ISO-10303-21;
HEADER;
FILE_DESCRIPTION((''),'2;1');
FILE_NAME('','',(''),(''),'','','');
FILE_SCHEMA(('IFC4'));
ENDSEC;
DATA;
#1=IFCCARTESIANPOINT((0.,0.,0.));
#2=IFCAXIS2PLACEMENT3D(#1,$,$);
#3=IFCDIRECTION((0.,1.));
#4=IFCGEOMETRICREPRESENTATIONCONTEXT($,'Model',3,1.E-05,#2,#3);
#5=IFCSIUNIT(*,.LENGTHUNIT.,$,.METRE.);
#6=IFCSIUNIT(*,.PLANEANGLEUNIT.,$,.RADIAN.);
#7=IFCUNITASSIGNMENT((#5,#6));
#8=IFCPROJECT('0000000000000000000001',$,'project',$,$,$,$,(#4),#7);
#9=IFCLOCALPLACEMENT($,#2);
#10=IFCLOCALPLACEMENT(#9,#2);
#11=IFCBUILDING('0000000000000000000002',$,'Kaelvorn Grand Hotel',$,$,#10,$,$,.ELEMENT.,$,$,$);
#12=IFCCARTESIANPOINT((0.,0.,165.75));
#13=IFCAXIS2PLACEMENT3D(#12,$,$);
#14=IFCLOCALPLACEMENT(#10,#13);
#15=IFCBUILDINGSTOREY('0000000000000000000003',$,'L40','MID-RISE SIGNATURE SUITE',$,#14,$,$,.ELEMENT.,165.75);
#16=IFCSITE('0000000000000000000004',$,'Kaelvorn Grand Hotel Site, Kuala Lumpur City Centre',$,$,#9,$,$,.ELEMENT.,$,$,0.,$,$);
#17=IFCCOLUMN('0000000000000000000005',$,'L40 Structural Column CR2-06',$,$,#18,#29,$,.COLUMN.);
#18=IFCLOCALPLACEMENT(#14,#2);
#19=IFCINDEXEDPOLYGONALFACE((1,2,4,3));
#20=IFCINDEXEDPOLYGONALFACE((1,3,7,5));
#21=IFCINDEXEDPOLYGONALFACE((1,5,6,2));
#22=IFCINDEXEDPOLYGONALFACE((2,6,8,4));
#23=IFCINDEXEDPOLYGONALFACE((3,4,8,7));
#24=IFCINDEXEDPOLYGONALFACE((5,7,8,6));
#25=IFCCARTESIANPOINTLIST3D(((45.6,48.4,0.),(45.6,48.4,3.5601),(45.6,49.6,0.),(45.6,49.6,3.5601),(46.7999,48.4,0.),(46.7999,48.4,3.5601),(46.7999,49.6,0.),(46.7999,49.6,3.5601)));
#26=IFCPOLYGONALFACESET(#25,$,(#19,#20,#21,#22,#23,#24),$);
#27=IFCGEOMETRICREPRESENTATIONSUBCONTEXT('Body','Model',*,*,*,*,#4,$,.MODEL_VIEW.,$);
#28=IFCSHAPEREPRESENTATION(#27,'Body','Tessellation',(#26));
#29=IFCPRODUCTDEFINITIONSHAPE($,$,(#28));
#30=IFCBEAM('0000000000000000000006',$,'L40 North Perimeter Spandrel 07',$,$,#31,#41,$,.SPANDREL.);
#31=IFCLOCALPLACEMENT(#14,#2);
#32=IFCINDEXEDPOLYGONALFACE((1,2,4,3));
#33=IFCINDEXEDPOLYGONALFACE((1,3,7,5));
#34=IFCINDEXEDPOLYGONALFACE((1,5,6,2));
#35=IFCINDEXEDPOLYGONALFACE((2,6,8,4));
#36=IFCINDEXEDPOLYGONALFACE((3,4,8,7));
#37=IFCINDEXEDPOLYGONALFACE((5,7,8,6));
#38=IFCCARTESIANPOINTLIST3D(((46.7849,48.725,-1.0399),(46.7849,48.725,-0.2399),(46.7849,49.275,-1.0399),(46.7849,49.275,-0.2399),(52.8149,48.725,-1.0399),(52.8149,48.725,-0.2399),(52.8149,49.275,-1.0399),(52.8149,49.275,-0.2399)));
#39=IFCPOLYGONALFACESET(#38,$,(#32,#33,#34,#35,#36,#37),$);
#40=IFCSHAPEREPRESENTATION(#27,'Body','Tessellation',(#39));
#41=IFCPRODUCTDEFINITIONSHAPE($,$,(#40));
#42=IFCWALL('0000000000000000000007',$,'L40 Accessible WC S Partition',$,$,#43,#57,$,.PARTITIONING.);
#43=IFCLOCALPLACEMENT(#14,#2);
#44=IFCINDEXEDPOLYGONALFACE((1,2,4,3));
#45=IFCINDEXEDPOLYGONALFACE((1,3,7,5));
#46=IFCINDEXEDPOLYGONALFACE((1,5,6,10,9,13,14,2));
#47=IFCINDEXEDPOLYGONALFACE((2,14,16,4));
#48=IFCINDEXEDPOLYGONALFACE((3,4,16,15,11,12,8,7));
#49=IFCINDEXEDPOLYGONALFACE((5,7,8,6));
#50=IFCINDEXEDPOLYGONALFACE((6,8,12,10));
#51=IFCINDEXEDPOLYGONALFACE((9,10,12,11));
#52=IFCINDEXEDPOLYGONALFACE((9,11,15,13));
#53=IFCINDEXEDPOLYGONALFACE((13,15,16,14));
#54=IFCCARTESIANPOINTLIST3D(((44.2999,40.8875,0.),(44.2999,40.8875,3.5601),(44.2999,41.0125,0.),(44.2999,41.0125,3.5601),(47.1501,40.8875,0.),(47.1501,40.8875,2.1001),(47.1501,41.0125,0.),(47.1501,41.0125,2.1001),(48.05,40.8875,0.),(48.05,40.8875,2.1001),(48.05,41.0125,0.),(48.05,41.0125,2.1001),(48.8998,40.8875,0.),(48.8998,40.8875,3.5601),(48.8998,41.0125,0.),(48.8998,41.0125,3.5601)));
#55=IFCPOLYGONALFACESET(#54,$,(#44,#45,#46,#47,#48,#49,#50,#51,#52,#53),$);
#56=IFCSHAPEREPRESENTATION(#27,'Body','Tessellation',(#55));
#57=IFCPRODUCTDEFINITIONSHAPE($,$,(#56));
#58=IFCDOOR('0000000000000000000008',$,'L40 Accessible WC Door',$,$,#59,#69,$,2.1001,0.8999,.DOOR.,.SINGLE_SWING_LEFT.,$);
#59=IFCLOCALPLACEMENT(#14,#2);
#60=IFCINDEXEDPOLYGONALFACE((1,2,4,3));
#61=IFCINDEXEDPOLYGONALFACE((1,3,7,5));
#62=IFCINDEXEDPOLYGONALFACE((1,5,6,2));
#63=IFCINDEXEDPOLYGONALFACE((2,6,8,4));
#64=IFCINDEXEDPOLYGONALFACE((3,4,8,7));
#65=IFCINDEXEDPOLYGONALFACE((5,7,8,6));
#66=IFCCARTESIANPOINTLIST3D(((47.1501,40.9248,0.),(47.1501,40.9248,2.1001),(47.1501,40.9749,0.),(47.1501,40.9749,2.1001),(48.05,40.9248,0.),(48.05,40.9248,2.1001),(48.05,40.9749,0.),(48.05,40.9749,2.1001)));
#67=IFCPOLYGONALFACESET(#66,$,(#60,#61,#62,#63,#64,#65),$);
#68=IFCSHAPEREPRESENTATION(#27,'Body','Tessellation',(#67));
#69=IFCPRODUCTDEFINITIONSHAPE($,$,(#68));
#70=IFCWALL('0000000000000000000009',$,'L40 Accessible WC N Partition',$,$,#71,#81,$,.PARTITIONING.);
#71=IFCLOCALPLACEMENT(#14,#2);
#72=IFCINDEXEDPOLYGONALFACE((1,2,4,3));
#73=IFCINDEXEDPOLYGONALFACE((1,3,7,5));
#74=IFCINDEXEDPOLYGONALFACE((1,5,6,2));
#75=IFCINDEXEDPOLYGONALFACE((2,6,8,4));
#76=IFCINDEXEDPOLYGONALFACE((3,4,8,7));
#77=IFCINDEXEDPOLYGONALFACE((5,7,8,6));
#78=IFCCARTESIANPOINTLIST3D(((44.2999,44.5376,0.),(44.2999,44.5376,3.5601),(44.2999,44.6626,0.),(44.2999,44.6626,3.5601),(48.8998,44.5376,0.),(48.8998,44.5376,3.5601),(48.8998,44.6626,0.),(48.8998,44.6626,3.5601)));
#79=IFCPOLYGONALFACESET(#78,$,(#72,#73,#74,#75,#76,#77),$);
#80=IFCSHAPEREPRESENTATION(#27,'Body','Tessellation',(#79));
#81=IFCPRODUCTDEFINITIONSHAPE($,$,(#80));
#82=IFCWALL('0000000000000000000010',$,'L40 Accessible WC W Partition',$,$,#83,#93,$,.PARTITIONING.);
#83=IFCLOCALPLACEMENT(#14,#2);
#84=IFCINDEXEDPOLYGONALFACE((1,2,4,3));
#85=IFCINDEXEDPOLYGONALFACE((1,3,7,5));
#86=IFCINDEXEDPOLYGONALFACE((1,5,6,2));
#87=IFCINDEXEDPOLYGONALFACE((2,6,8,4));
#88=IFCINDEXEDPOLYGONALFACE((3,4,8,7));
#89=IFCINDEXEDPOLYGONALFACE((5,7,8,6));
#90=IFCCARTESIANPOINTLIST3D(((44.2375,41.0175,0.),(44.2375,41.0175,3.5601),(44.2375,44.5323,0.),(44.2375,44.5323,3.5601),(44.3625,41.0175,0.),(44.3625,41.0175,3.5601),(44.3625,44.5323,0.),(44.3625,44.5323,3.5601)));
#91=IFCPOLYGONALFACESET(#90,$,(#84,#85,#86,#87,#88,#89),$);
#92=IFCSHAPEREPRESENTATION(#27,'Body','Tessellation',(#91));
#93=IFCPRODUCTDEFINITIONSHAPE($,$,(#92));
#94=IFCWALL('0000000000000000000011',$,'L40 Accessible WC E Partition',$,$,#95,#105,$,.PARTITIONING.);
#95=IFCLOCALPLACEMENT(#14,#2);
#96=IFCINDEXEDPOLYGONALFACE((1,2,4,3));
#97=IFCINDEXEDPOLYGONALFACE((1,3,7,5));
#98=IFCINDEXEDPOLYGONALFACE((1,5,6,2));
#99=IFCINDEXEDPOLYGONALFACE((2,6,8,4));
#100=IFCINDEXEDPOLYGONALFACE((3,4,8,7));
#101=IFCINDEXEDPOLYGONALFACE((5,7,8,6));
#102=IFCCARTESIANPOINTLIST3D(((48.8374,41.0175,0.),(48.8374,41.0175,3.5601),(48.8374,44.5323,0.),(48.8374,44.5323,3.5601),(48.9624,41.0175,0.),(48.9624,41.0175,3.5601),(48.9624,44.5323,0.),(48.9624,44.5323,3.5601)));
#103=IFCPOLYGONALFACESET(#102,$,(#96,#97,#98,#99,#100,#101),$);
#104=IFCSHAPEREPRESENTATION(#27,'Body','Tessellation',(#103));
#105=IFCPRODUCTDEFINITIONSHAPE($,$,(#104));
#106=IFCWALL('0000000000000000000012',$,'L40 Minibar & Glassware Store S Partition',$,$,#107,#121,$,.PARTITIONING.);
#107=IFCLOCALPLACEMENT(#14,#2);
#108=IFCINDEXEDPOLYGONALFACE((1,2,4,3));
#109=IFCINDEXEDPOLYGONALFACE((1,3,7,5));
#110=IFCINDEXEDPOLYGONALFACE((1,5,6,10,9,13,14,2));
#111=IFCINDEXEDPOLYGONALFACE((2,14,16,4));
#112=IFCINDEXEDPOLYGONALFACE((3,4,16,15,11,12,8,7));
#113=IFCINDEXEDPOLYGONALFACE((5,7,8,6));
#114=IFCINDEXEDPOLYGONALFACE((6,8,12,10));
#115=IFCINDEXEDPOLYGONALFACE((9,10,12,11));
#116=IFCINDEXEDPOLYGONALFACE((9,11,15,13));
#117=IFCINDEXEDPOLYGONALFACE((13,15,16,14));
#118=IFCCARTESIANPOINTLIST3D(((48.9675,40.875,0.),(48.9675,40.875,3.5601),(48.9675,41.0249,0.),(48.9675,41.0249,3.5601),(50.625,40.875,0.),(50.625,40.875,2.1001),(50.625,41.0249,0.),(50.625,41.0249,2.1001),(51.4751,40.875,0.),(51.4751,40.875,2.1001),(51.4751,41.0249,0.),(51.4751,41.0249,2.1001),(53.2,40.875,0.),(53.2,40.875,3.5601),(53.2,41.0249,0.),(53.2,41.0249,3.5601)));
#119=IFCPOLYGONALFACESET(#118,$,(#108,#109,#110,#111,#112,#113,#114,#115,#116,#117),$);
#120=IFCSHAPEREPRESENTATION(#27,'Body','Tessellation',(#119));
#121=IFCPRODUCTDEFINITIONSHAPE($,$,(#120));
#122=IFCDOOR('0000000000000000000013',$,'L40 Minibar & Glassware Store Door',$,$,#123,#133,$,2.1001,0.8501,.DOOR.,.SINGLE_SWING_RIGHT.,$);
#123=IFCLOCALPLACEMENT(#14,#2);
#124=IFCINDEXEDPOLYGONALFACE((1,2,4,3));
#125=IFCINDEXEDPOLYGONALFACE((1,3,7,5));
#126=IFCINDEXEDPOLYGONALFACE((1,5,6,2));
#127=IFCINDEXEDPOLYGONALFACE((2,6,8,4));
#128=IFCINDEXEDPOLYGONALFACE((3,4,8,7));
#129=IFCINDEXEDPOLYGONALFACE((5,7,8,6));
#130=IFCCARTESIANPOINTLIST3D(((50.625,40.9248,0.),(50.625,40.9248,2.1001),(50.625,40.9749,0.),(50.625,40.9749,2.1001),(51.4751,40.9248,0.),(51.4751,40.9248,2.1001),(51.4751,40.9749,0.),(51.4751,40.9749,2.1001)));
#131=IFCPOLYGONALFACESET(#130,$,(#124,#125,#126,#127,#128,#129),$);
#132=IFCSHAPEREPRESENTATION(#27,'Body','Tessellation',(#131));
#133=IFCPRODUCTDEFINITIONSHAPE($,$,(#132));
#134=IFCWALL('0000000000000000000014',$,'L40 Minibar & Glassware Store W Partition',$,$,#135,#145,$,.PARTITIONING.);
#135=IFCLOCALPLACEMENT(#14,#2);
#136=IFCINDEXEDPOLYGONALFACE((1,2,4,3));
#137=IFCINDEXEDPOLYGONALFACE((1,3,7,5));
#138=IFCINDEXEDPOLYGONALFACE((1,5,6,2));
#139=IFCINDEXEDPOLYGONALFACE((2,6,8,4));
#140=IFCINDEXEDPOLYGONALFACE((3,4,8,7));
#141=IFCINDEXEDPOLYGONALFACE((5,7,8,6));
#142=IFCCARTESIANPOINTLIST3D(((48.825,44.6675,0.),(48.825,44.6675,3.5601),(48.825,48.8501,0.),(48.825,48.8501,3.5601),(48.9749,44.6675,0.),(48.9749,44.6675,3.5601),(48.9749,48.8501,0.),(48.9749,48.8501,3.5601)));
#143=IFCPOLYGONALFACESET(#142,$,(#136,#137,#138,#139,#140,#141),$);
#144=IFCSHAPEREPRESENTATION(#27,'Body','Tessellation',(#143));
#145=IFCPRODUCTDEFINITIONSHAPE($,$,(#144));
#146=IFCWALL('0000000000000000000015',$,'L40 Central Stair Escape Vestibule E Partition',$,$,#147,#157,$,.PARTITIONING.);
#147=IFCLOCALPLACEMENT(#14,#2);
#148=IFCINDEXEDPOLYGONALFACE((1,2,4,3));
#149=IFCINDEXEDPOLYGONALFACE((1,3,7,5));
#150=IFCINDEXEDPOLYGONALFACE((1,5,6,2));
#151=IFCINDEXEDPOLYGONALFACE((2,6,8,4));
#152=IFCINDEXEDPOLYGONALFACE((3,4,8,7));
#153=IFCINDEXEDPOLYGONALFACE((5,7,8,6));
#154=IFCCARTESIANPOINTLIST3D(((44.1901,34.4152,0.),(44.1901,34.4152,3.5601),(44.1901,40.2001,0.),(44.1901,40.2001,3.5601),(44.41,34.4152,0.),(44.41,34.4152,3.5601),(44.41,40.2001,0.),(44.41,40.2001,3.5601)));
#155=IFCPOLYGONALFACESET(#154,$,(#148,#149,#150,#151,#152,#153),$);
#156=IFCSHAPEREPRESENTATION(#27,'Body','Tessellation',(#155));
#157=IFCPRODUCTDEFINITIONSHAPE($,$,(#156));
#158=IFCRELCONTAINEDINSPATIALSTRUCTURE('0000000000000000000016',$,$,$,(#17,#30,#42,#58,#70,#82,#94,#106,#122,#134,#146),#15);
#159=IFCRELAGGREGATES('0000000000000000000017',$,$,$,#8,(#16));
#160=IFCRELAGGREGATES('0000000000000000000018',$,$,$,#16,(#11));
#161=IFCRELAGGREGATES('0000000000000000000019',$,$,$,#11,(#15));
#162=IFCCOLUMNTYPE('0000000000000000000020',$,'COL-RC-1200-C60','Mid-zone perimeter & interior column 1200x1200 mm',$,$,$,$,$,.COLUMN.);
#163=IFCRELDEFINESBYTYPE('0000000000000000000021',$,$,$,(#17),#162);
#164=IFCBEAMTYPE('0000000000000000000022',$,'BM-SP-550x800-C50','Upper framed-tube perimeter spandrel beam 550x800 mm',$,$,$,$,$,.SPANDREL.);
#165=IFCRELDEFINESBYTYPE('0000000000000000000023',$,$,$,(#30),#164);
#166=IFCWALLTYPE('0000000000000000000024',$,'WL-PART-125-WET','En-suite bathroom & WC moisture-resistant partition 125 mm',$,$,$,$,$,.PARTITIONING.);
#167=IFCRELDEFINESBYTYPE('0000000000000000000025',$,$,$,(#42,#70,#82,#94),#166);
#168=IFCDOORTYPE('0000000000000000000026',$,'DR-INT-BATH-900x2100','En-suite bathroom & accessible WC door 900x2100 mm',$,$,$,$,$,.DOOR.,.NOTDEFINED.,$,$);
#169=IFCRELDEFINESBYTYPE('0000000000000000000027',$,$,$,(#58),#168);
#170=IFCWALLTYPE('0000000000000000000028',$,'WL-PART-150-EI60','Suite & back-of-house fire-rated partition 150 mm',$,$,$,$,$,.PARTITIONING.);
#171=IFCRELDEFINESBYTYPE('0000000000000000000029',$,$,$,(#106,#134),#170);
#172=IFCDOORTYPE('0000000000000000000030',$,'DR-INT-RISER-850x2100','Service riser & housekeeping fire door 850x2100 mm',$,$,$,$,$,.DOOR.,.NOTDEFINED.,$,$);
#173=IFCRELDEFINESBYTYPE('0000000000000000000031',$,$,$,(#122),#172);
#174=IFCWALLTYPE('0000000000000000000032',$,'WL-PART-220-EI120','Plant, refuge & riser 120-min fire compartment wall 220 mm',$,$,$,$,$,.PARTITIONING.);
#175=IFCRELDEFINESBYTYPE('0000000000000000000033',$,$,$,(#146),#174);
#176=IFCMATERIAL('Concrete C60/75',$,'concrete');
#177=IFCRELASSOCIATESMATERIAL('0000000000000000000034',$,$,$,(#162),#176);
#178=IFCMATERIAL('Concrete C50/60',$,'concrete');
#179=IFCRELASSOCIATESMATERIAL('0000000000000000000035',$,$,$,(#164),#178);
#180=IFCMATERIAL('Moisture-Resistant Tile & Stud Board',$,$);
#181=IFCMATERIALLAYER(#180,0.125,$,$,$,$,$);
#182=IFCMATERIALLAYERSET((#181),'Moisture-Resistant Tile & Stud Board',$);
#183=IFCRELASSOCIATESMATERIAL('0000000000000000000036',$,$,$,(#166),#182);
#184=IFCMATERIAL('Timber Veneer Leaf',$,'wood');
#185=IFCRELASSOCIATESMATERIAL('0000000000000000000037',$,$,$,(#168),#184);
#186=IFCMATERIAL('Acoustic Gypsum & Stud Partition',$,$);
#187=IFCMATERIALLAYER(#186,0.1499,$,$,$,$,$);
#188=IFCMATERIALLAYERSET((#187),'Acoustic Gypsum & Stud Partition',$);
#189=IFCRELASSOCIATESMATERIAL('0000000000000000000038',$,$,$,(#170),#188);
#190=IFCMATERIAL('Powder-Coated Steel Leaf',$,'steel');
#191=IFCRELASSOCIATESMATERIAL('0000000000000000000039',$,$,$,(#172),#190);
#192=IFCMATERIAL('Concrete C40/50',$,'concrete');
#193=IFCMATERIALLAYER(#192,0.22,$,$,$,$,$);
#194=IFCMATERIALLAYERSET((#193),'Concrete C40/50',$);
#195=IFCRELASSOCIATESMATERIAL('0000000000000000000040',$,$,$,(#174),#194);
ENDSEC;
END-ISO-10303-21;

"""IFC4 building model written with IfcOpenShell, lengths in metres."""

from ifc_helpers import new_model, si_unit, direction, frame, frame_2d, origin, origin_2d, place, context, subcontext, project, spatial, rectangle, extrude, material, layer, layer_set, material_profile, profile_set, type_object, element, fill, save


model = new_model("IFC4")

# Units and contexts
model_context = context("Model", 3, precision=1e-05, world=origin(), true_north=direction((0.0, 1.0)))
body_context = subcontext(model_context, "Body", "Model", "MODEL_VIEW")
ifc_project = project(units=[si_unit("LENGTHUNIT", "METRE"), si_unit("PLANEANGLEUNIT", "RADIAN")], contexts=[model_context])

# Site, building, storey
site_placement = place(None, origin())
site = spatial("IfcSite", under=ifc_project, at=site_placement, Name="Kaelvorn Grand Hotel Site, Kuala Lumpur City Centre", CompositionType="ELEMENT", RefElevation=0.0)
building_placement = place(site_placement, origin())
building = spatial("IfcBuilding", under=site, at=building_placement, Name="Kaelvorn Grand Hotel", CompositionType="ELEMENT")
storey_placement = place(building_placement, frame((0.0, 0.0, 165.75)))
storey = spatial("IfcBuildingStorey", under=building, at=storey_placement, Name="L40", Description="MID-RISE SIGNATURE SUITE", CompositionType="ELEMENT", Elevation=165.75)

# Column
ifc_material_1 = material(Name="Concrete C60/75", Category="concrete")
ifc_material_profile_1 = material_profile(ifc_material_1, rectangle(XDim=1.2, YDim=1.2, at=origin_2d()), Name="RC COL 1200x1200")
ifc_profile_set_1 = profile_set([ifc_material_profile_1], Name="Concrete C60/75")
column_type = type_object("IfcColumnType", Name="COL-RC-1200-C60", Description="Mid-zone perimeter & interior column 1200x1200 mm", PredefinedType="COLUMN", material=ifc_profile_set_1)
column_placement = place(storey_placement, frame((46.2, 49.0, 0.0), z_axis=(0.0, 0.0, 1.0), x_axis=(1.0, 0.0, 0.0)))
element("IfcColumn", 1, at=column_placement, inside=storey, type_object=column_type, Name="L40 Structural Column CR2-06", PredefinedType="COLUMN", context=body_context, shape_type="SweptSolid", body=[
    extrude(rectangle(XDim=1.2, YDim=1.2, at=origin_2d()), origin(), (0.0, 0.0, 1.0), 3.5601),
])

# Beam
ifc_material_2 = material(Name="Concrete C50/60", Category="concrete")
ifc_material_profile_2 = material_profile(ifc_material_2, rectangle(XDim=0.55, YDim=0.8, at=origin_2d()), Name="RC SPANDREL 550x800")
ifc_profile_set_2 = profile_set([ifc_material_profile_2], Name="Concrete C50/60")
beam_type = type_object("IfcBeamType", Name="BM-SP-550x800-C50", Description="Upper framed-tube perimeter spandrel beam 550x800 mm", PredefinedType="SPANDREL", material=ifc_profile_set_2)
beam_placement = place(storey_placement, frame((46.7849, 49.0, -0.6399), z_axis=(1.0, 0.0, 0.0), x_axis=(0.0, 1.0, 0.0)))
element("IfcBeam", 2, at=beam_placement, inside=storey, type_object=beam_type, Name="L40 North Perimeter Spandrel 07", PredefinedType="SPANDREL", context=body_context, shape_type="SweptSolid", body=[
    extrude(rectangle(XDim=0.55, YDim=0.8, at=origin_2d()), origin(), (0.0, 0.0, 1.0), 6.03),
])

# Wall, opening, door
ifc_material_3 = material(Name="Moisture-Resistant Tile & Stud Board")
ifc_layer_1 = layer(ifc_material_3, 0.125)
ifc_layer_set_1 = layer_set([ifc_layer_1], Name="Moisture-Resistant Tile & Stud Board")
wall_type_1 = type_object("IfcWallType", Name="WL-PART-125-WET", Description="En-suite bathroom & WC moisture-resistant partition 125 mm", PredefinedType="PARTITIONING", material=ifc_layer_set_1)
wall_1_placement = place(storey_placement, frame((44.3, 40.95, 0.0), z_axis=(0.0, 0.0, 1.0), x_axis=(1.0, 0.0, 0.0)))
wall_1 = element("IfcWall", 3, at=wall_1_placement, inside=storey, type_object=wall_type_1, Name="L40 Accessible WC S Partition", PredefinedType="PARTITIONING", context=body_context, shape_type="SweptSolid", body=[
    extrude(rectangle(XDim=4.5999, YDim=0.125, at=frame_2d((2.2998, 0.0))), origin(), (0.0, 0.0, 1.0), 3.5601),
])
opening_1_placement = place(wall_1_placement, frame((2.8501, 0.0, 0.0)))
opening_1 = element("IfcOpeningElement", 4, at=opening_1_placement, cuts=wall_1, PredefinedType="OPENING", context=body_context, shape_type="SweptSolid", body=[
    extrude(rectangle(XDim=0.8999, YDim=2.1001, at=frame_2d((0.45, 1.05))), frame((0.0, 0.0725, 0.0), z_axis=(0.0, -1.0, 0.0), x_axis=(1.0, 0.0, 0.0)), (0.0, 0.0, 1.0), 0.145),
])
ifc_material_4 = material(Name="Timber Veneer Leaf", Category="wood")
door_type_1 = type_object("IfcDoorType", Name="DR-INT-BATH-900x2100", Description="En-suite bathroom & accessible WC door 900x2100 mm", OperationType="NOTDEFINED", PredefinedType="DOOR", material=ifc_material_4)
door_1_placement = place(opening_1_placement, origin())
door_1 = element("IfcDoor", 5, at=door_1_placement, inside=storey, type_object=door_type_1, Name="L40 Accessible WC Door", OperationType="SINGLE_SWING_LEFT", OverallHeight=2.1001, OverallWidth=0.8999, PredefinedType="DOOR", context=body_context, shape_type="SweptSolid", body=[
    extrude(rectangle(XDim=0.8999, YDim=2.1001, at=frame_2d((0.45, 1.05))), frame((0.0, 0.0249, 0.0), z_axis=(0.0, -1.0, 0.0), x_axis=(1.0, 0.0, 0.0)), (0.0, 0.0, 1.0), 0.05),
])
fill(opening_1, door_1)

# Walls
wall_2_placement = place(storey_placement, frame((44.3, 44.6001, 0.0), z_axis=(0.0, 0.0, 1.0), x_axis=(1.0, 0.0, 0.0)))
element("IfcWall", 6, at=wall_2_placement, inside=storey, type_object=wall_type_1, Name="L40 Accessible WC N Partition", PredefinedType="PARTITIONING", context=body_context, shape_type="SweptSolid", body=[
    extrude(rectangle(XDim=4.5999, YDim=0.125, at=frame_2d((2.2998, 0.0))), origin(), (0.0, 0.0, 1.0), 3.5601),
])
for number, where, z_axis, x_axis, name in (
    (7, (44.3, 41.0176, 0.0), (0.0, 0.0, 1.0), (0.0, 1.0, 0.0), "L40 Accessible WC W Partition"),
    (8, (48.8999, 41.0176, 0.0), (0.0, 0.0, 1.0), (0.0, 1.0, 0.0), "L40 Accessible WC E Partition"),
):
    element("IfcWall", number, at=place(storey_placement, frame(where, z_axis=z_axis, x_axis=x_axis)), inside=storey, type_object=wall_type_1, Name=name, PredefinedType="PARTITIONING", context=body_context, shape_type="SweptSolid", body=[
        extrude(rectangle(XDim=3.5149, YDim=0.125, at=frame_2d((1.7573, 0.0))), origin(), (0.0, 0.0, 1.0), 3.5601),
    ])

# Wall, opening, door
ifc_material_5 = material(Name="Acoustic Gypsum & Stud Partition")
ifc_layer_2 = layer(ifc_material_5, 0.1499)
ifc_layer_set_2 = layer_set([ifc_layer_2], Name="Acoustic Gypsum & Stud Partition")
wall_type_2 = type_object("IfcWallType", Name="WL-PART-150-EI60", Description="Suite & back-of-house fire-rated partition 150 mm", PredefinedType="PARTITIONING", material=ifc_layer_set_2)
wall_3_placement = place(storey_placement, frame((48.9675, 40.95, 0.0), z_axis=(0.0, 0.0, 1.0), x_axis=(1.0, 0.0, 0.0)))
wall_3 = element("IfcWall", 9, at=wall_3_placement, inside=storey, type_object=wall_type_2, Name="L40 Minibar & Glassware Store S Partition", PredefinedType="PARTITIONING", context=body_context, shape_type="SweptSolid", body=[
    extrude(rectangle(XDim=4.2324, YDim=0.1499, at=frame_2d((2.1162, 0.0))), origin(), (0.0, 0.0, 1.0), 3.5601),
])
opening_2_placement = place(wall_3_placement, frame((1.6575, 0.0, 0.0)))
opening_2 = element("IfcOpeningElement", 10, at=opening_2_placement, cuts=wall_3, PredefinedType="OPENING", context=body_context, shape_type="SweptSolid", body=[
    extrude(rectangle(XDim=0.8501, YDim=2.1001, at=frame_2d((0.425, 1.05))), frame((0.0, 0.085, 0.0), z_axis=(0.0, -1.0, 0.0), x_axis=(1.0, 0.0, 0.0)), (0.0, 0.0, 1.0), 0.1699),
])
ifc_material_6 = material(Name="Powder-Coated Steel Leaf", Category="steel")
door_type_2 = type_object("IfcDoorType", Name="DR-INT-RISER-850x2100", Description="Service riser & housekeeping fire door 850x2100 mm", OperationType="NOTDEFINED", PredefinedType="DOOR", material=ifc_material_6)
door_2_placement = place(opening_2_placement, origin())
door_2 = element("IfcDoor", 11, at=door_2_placement, inside=storey, type_object=door_type_2, Name="L40 Minibar & Glassware Store Door", OperationType="SINGLE_SWING_RIGHT", OverallHeight=2.1001, OverallWidth=0.8501, PredefinedType="DOOR", context=body_context, shape_type="SweptSolid", body=[
    extrude(rectangle(XDim=0.8501, YDim=2.1001, at=frame_2d((0.425, 1.05))), frame((0.0, 0.0249, 0.0), z_axis=(0.0, -1.0, 0.0), x_axis=(1.0, 0.0, 0.0)), (0.0, 0.0, 1.0), 0.05),
])
fill(opening_2, door_2)

# Walls
wall_4_placement = place(storey_placement, frame((48.8999, 44.6675, 0.0), z_axis=(0.0, 0.0, 1.0), x_axis=(0.0, 1.0, 0.0)))
element("IfcWall", 12, at=wall_4_placement, inside=storey, type_object=wall_type_2, Name="L40 Minibar & Glassware Store W Partition", PredefinedType="PARTITIONING", context=body_context, shape_type="SweptSolid", body=[
    extrude(rectangle(XDim=4.1826, YDim=0.1499, at=frame_2d((2.0913, 0.0))), origin(), (0.0, 0.0, 1.0), 3.5601),
])
ifc_material_7 = material(Name="Concrete C40/50", Category="concrete")
ifc_layer_3 = layer(ifc_material_7, 0.22)
ifc_layer_set_3 = layer_set([ifc_layer_3], Name="Concrete C40/50")
wall_type_3 = type_object("IfcWallType", Name="WL-PART-220-EI120", Description="Plant, refuge & riser 120-min fire compartment wall 220 mm", PredefinedType="PARTITIONING", material=ifc_layer_set_3)
wall_5_placement = place(storey_placement, frame((44.3, 34.415, 0.0), z_axis=(0.0, 0.0, 1.0), x_axis=(0.0, 1.0, 0.0)))
element("IfcWall", 13, at=wall_5_placement, inside=storey, type_object=wall_type_3, Name="L40 Central Stair Escape Vestibule E Partition", PredefinedType="PARTITIONING", context=body_context, shape_type="SweptSolid", body=[
    extrude(rectangle(XDim=5.7849, YDim=0.22, at=frame_2d((2.8926, 0.0))), origin(), (0.0, 0.0, 1.0), 3.5601),
])

save(model, "model.ifc")
